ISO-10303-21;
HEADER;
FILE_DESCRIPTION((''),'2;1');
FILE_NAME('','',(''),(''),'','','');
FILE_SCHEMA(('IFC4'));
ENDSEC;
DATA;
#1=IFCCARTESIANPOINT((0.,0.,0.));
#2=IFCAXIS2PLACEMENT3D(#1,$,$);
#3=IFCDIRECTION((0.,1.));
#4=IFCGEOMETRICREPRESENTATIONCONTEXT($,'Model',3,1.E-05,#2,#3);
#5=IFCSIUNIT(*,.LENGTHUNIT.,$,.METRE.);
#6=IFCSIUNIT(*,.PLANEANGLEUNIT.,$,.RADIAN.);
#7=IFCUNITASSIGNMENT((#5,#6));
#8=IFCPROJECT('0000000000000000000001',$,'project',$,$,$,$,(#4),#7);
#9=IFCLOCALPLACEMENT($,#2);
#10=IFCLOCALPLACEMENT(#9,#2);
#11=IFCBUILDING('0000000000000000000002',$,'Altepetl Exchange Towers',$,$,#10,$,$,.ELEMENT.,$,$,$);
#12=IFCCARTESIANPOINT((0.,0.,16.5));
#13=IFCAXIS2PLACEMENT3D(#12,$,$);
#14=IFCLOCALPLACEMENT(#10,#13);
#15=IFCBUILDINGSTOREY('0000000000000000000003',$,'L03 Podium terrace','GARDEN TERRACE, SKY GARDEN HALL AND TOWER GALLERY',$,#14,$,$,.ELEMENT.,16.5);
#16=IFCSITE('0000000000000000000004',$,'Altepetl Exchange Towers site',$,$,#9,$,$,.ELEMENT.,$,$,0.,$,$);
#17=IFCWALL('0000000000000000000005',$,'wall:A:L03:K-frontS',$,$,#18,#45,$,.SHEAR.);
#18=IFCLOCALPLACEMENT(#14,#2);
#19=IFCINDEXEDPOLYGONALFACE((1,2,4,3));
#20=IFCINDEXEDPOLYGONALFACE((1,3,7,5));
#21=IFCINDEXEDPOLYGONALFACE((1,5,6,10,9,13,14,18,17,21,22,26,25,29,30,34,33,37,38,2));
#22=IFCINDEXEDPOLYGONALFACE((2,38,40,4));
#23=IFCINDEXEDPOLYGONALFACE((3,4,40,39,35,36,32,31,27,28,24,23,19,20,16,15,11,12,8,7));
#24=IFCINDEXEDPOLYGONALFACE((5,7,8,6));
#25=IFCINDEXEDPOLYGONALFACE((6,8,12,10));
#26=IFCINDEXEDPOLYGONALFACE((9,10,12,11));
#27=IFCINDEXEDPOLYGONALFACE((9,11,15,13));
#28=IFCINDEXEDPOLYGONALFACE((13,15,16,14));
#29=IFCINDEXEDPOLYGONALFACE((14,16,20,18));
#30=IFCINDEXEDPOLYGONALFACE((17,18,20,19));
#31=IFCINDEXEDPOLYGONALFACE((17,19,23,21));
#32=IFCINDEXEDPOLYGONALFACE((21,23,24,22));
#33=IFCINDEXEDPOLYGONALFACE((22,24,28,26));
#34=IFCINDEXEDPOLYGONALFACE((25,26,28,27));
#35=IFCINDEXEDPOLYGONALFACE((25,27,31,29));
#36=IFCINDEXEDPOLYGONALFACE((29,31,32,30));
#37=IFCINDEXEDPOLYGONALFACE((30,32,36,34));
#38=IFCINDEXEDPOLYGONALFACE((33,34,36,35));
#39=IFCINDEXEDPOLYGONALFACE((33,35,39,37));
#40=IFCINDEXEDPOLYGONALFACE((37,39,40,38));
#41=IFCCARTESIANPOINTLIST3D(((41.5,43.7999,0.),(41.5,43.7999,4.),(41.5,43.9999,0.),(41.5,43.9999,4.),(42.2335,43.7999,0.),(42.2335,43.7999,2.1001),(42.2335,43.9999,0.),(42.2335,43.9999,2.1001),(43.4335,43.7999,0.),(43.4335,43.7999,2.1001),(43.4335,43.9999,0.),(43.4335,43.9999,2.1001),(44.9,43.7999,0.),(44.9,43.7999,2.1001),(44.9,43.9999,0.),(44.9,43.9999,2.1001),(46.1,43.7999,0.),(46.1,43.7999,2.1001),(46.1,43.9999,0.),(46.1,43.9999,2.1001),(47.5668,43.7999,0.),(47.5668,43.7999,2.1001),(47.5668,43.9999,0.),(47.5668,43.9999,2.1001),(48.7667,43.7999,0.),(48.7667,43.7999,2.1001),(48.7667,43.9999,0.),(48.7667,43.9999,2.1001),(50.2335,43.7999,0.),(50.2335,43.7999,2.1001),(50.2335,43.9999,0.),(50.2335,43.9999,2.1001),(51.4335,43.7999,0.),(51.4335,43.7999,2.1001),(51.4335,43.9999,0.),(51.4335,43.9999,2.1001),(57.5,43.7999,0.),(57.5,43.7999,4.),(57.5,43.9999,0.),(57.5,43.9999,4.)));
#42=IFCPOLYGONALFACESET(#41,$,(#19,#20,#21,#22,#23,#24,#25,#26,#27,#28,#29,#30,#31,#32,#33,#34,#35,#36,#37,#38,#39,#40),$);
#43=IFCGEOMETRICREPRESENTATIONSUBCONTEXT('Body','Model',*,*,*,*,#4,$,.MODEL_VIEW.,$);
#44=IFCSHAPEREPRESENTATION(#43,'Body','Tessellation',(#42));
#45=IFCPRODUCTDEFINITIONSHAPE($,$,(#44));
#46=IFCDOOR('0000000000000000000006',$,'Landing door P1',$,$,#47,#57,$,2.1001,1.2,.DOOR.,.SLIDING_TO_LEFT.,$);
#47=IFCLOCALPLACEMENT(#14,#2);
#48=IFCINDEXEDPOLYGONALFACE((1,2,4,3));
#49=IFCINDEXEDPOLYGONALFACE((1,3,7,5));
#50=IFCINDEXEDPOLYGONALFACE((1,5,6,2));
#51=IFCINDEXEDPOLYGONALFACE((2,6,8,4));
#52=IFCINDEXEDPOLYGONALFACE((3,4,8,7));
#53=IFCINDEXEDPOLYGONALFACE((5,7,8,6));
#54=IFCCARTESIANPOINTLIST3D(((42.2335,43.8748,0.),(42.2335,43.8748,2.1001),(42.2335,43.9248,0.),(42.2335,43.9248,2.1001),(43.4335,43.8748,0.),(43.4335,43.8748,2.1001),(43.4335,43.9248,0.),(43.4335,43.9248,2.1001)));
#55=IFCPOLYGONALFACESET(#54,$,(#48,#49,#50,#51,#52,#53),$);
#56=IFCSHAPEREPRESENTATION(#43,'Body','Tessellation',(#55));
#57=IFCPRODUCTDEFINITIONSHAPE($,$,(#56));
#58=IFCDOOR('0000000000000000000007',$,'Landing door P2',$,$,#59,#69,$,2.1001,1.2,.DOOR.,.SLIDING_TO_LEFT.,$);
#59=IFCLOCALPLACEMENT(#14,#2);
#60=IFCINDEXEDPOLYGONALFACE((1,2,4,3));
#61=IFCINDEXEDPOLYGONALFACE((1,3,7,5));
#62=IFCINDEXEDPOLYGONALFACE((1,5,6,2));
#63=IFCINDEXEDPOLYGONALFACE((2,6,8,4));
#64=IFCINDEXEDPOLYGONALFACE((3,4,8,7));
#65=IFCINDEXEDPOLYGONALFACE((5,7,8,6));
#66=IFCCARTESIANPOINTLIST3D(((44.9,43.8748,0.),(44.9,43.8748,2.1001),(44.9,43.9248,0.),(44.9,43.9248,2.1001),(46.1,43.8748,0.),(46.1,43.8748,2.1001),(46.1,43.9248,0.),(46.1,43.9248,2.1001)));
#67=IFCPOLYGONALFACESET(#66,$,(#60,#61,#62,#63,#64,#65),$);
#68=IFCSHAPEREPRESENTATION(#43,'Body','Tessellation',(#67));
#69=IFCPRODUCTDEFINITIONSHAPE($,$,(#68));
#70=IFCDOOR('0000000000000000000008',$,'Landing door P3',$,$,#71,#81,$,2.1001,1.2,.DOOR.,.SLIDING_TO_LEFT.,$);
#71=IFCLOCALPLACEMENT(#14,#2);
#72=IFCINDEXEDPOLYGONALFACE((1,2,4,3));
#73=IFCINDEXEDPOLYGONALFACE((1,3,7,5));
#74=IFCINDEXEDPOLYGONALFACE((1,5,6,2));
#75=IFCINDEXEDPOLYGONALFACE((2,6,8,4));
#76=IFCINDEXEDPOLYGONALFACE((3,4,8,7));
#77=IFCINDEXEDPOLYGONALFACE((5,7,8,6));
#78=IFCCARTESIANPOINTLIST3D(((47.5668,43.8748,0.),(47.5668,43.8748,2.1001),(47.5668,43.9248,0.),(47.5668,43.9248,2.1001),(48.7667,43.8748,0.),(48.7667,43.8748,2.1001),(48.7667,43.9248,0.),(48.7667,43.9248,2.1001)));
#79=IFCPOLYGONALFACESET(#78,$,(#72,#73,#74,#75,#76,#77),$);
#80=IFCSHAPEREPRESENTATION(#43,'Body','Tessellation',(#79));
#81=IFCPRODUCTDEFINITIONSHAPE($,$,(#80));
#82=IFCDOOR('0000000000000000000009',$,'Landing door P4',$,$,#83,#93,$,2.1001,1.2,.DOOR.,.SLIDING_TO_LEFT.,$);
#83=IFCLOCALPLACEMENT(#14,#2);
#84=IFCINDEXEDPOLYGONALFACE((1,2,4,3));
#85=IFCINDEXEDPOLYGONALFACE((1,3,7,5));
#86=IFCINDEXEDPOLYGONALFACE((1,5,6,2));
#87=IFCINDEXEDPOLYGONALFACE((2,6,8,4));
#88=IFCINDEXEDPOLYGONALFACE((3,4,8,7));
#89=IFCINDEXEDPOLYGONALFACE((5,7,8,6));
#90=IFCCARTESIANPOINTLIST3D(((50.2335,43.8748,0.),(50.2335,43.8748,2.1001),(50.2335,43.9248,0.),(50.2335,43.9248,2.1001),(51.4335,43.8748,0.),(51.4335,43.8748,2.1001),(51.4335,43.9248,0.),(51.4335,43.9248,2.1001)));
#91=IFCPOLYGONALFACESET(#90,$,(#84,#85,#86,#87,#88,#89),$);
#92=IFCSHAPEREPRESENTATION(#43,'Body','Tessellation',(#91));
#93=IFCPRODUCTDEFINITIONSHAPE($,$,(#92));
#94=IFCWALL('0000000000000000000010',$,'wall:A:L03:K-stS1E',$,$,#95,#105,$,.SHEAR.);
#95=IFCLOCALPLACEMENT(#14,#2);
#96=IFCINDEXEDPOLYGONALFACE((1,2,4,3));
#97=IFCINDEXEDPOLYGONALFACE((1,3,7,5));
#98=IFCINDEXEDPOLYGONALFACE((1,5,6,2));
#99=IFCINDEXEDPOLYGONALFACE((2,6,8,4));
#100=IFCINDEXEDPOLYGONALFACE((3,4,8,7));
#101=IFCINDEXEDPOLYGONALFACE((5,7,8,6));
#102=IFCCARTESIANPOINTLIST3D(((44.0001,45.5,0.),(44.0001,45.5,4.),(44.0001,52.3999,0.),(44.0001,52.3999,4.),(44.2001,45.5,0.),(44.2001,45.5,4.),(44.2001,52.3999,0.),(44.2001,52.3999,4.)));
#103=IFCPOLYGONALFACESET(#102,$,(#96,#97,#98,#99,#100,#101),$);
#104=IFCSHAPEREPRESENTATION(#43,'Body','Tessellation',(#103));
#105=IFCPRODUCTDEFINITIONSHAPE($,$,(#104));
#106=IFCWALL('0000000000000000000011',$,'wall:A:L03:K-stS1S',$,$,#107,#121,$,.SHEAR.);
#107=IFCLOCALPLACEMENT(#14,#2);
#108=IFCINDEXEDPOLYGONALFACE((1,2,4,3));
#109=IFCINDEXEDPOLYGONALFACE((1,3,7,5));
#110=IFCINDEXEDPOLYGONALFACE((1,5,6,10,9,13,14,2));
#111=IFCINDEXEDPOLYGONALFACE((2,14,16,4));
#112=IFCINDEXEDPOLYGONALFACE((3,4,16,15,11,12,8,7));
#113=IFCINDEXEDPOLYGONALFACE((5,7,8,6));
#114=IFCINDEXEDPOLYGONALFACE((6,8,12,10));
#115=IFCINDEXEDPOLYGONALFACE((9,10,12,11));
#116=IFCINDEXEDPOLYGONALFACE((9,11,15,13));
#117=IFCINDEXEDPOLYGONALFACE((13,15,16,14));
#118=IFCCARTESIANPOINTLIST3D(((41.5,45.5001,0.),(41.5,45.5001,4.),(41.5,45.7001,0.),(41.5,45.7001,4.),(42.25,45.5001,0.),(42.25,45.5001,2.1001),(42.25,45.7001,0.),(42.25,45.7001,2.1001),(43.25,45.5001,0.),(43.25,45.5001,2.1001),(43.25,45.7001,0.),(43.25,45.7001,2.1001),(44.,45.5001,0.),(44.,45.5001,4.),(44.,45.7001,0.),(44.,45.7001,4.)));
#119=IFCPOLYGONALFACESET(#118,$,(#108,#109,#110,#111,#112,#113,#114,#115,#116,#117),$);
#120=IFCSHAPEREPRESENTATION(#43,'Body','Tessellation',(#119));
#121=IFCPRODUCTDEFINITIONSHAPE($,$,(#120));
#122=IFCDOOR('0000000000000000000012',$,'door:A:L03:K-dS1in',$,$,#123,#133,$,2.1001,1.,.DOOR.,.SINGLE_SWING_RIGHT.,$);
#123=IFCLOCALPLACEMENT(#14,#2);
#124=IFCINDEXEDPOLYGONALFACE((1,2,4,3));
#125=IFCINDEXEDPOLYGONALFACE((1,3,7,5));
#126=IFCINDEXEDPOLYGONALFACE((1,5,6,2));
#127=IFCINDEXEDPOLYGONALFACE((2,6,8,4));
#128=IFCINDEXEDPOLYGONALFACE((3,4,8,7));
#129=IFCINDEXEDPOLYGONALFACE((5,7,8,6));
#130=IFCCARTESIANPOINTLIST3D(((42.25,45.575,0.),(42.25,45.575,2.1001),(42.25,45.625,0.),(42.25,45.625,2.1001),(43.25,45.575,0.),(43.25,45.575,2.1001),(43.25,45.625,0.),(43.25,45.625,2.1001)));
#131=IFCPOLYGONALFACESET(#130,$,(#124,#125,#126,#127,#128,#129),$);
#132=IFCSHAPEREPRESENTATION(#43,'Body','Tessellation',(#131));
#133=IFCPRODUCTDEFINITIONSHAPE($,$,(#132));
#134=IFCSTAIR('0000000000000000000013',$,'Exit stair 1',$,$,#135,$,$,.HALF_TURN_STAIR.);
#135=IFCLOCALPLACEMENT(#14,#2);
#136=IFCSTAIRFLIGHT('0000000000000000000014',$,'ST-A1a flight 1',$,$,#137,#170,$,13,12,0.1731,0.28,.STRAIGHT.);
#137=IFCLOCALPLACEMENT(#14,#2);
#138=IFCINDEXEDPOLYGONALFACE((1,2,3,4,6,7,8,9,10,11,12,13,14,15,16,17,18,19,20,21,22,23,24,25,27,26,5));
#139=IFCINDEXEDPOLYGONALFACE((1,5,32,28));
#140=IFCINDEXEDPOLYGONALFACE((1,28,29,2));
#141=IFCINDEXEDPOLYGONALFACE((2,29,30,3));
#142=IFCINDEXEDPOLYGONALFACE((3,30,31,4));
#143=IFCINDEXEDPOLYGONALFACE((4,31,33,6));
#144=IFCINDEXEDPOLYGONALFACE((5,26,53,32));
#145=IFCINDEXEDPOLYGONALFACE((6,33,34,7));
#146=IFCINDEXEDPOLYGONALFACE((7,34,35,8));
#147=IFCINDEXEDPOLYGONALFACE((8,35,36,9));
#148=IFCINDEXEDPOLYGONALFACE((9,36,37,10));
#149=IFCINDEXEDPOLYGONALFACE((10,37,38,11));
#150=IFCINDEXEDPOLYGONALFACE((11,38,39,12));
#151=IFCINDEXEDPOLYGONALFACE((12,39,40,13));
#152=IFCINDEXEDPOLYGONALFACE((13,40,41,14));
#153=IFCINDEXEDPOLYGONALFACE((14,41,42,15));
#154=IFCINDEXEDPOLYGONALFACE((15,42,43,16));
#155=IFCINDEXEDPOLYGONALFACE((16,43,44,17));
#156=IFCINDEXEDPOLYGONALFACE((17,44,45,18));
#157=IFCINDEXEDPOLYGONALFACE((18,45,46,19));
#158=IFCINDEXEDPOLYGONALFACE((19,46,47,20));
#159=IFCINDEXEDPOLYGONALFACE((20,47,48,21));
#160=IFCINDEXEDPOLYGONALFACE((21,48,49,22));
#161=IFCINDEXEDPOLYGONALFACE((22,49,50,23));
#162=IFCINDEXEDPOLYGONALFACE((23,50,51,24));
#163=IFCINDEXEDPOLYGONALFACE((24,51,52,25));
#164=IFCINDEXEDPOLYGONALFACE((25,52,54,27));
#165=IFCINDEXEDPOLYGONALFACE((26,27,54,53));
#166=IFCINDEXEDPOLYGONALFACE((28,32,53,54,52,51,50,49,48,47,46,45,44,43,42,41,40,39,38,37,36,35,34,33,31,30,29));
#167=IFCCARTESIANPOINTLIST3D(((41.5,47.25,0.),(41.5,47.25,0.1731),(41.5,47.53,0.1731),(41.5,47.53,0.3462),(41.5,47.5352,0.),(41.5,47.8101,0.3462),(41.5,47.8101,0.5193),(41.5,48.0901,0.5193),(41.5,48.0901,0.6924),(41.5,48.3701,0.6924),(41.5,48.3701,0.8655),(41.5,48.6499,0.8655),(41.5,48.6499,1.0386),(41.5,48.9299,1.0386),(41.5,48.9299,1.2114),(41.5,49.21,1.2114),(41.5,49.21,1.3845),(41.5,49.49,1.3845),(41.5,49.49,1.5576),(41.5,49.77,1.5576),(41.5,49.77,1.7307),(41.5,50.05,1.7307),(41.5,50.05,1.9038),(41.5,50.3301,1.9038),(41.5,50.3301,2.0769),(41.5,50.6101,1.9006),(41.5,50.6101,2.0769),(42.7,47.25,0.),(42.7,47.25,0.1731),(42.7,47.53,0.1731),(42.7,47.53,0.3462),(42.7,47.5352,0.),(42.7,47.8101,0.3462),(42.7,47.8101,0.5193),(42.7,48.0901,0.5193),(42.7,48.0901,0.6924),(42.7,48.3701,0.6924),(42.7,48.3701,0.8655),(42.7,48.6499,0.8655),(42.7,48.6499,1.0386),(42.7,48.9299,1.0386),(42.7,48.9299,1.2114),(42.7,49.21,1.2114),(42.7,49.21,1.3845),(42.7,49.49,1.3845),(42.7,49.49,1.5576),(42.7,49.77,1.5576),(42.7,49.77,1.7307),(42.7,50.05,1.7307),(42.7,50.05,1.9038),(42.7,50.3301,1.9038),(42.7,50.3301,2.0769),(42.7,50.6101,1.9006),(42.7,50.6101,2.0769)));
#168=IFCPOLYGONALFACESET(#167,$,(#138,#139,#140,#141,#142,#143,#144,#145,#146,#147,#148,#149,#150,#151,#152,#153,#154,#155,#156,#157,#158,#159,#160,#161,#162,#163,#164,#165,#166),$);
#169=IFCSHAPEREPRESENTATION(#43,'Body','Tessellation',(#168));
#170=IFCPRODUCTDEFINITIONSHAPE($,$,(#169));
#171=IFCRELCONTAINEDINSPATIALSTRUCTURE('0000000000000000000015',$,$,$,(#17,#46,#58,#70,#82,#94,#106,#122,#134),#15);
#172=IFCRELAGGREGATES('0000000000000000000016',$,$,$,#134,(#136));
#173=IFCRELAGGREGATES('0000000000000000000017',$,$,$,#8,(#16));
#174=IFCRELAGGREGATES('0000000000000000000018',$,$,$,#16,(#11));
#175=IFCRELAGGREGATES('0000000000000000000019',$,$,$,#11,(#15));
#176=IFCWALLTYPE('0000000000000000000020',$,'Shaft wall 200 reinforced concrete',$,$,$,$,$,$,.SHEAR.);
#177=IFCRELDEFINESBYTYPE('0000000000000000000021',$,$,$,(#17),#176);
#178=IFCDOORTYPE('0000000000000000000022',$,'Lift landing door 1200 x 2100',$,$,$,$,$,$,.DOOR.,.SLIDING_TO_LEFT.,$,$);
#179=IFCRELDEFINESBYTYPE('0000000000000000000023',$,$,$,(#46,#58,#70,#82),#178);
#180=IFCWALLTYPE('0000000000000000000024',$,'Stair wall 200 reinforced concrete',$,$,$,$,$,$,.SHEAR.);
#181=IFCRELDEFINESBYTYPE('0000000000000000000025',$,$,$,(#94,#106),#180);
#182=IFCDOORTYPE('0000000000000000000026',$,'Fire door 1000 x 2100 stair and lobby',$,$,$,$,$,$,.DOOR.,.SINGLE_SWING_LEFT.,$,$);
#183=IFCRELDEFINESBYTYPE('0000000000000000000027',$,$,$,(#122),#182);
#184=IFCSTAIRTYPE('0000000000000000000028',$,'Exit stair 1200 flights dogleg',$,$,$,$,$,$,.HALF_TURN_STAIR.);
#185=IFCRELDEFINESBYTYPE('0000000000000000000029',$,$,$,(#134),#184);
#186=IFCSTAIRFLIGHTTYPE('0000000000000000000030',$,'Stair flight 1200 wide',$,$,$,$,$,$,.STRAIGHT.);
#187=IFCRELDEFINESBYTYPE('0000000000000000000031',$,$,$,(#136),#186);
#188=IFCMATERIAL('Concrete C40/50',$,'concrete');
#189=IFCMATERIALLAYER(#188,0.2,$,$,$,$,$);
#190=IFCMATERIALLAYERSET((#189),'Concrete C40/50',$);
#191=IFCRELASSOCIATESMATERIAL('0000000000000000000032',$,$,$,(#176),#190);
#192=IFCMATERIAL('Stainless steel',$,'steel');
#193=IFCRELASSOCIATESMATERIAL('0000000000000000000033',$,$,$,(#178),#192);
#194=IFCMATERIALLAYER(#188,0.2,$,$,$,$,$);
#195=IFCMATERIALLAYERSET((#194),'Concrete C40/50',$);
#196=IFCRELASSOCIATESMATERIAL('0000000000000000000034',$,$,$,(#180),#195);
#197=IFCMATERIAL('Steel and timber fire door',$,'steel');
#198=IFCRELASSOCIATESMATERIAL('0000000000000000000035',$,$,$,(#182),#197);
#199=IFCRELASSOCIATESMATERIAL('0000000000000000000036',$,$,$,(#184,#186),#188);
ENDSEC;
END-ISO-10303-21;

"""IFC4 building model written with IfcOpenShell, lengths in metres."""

from ifc_helpers import new_model, si_unit, direction, frame, frame_2d, origin, place, context, subcontext, project, spatial, polyline, rectangle, outline, extrude, material, layer, layer_set, type_object, element, fill, aggregate, save


model = new_model("IFC4")

# Units and contexts
model_context = context("Model", 3, precision=1e-05, world=origin(), true_north=direction((0.0, 1.0)))
body_context = subcontext(model_context, "Body", "Model", "MODEL_VIEW")
ifc_project = project(units=[si_unit("LENGTHUNIT", "METRE"), si_unit("PLANEANGLEUNIT", "RADIAN")], contexts=[model_context])

# Site, building, storey
site_placement = place(None, origin())
site = spatial("IfcSite", under=ifc_project, at=site_placement, Name="Altepetl Exchange Towers site", CompositionType="ELEMENT", RefElevation=0.0)
building_placement = place(site_placement, origin())
building = spatial("IfcBuilding", under=site, at=building_placement, Name="Altepetl Exchange Towers", CompositionType="ELEMENT")
storey_placement = place(building_placement, frame((0.0, 0.0, 16.5)))
storey = spatial("IfcBuildingStorey", under=building, at=storey_placement, Name="L03 Podium terrace", Description="GARDEN TERRACE, SKY GARDEN HALL AND TOWER GALLERY", CompositionType="ELEMENT", Elevation=16.5)

# Shared definitions
ifc_material_1 = material(Name="Steel and timber fire door", Category="steel")

# Shared definitions
ifc_material_2 = material(Name="Concrete C40/50", Category="concrete")
ifc_layer_1 = layer(ifc_material_2, 0.2)
ifc_layer_set_1 = layer_set([ifc_layer_1], Name="Concrete C40/50")
wall_type_1 = type_object("IfcWallType", Name="Shaft wall 200 reinforced concrete", PredefinedType="SHEAR", material=ifc_layer_set_1)

# Wall, openings, doors
wall_1_placement = place(storey_placement, frame((41.5, 43.8999, 0.0)))
wall_1 = element("IfcWall", 1, at=wall_1_placement, inside=storey, type_object=wall_type_1, Name="wall:A:L03:K-frontS", PredefinedType="SHEAR", context=body_context, shape_type="SweptSolid", body=[
    extrude(rectangle(XDim=16.0, YDim=0.2, at=frame_2d((8.0, 0.0))), origin(), (0.0, 0.0, 1.0), 4.0),
])
opening_1_placement = place(wall_1_placement, frame((0.7334, 0.0, 0.0)))
opening_1 = element("IfcOpeningElement", 2, at=opening_1_placement, cuts=wall_1, PredefinedType="OPENING", context=body_context, shape_type="SweptSolid", body=[
    extrude(rectangle(XDim=1.2, YDim=2.1001, at=frame_2d((0.6001, 1.05))), frame((0.0, 0.1099, 0.0), z_axis=(0.0, -1.0, 0.0), x_axis=(1.0, 0.0, 0.0)), (0.0, 0.0, 1.0), 0.22),
])
opening_2_placement = place(wall_1_placement, frame((3.3999, 0.0, 0.0)))
opening_2 = element("IfcOpeningElement", 3, at=opening_2_placement, cuts=wall_1, PredefinedType="OPENING", context=body_context, shape_type="SweptSolid", body=[
    extrude(rectangle(XDim=1.2, YDim=2.1001, at=frame_2d((0.6001, 1.05))), frame((0.0, 0.1099, 0.0), z_axis=(0.0, -1.0, 0.0), x_axis=(1.0, 0.0, 0.0)), (0.0, 0.0, 1.0), 0.22),
])
opening_3_placement = place(wall_1_placement, frame((6.0667, 0.0, 0.0)))
opening_3 = element("IfcOpeningElement", 4, at=opening_3_placement, cuts=wall_1, PredefinedType="OPENING", context=body_context, shape_type="SweptSolid", body=[
    extrude(rectangle(XDim=1.2, YDim=2.1001, at=frame_2d((0.6001, 1.05))), frame((0.0, 0.1099, 0.0), z_axis=(0.0, -1.0, 0.0), x_axis=(1.0, 0.0, 0.0)), (0.0, 0.0, 1.0), 0.22),
])
opening_4_placement = place(wall_1_placement, frame((8.7334, 0.0, 0.0)))
opening_4 = element("IfcOpeningElement", 5, at=opening_4_placement, cuts=wall_1, PredefinedType="OPENING", context=body_context, shape_type="SweptSolid", body=[
    extrude(rectangle(XDim=1.2, YDim=2.1001, at=frame_2d((0.6001, 1.05))), frame((0.0, 0.1099, 0.0), z_axis=(0.0, -1.0, 0.0), x_axis=(1.0, 0.0, 0.0)), (0.0, 0.0, 1.0), 0.22),
])
ifc_material_3 = material(Name="Stainless steel", Category="steel")
door_type_1 = type_object("IfcDoorType", Name="Lift landing door 1200 x 2100", OperationType="SLIDING_TO_LEFT", PredefinedType="DOOR", material=ifc_material_3)
door_1_placement = place(opening_1_placement, origin())
door_1 = element("IfcDoor", 6, at=door_1_placement, inside=storey, type_object=door_type_1, Name="Landing door P1", OperationType="SLIDING_TO_LEFT", OverallHeight=2.1001, OverallWidth=1.2, PredefinedType="DOOR", context=body_context, shape_type="SweptSolid", body=[
    extrude(rectangle(XDim=1.2, YDim=2.1001, at=frame_2d((0.6001, 1.05))), frame((0.0, 0.0249, 0.0), z_axis=(0.0, -1.0, 0.0), x_axis=(1.0, 0.0, 0.0)), (0.0, 0.0, 1.0), 0.05),
])
fill(opening_1, door_1)
door_2_placement = place(opening_2_placement, origin())
door_2 = element("IfcDoor", 7, at=door_2_placement, inside=storey, type_object=door_type_1, Name="Landing door P2", OperationType="SLIDING_TO_LEFT", OverallHeight=2.1001, OverallWidth=1.2, PredefinedType="DOOR", context=body_context, shape_type="SweptSolid", body=[
    extrude(rectangle(XDim=1.2, YDim=2.1001, at=frame_2d((0.6001, 1.05))), frame((0.0, 0.0249, 0.0), z_axis=(0.0, -1.0, 0.0), x_axis=(1.0, 0.0, 0.0)), (0.0, 0.0, 1.0), 0.05),
])
fill(opening_2, door_2)
door_3_placement = place(opening_3_placement, origin())
door_3 = element("IfcDoor", 8, at=door_3_placement, inside=storey, type_object=door_type_1, Name="Landing door P3", OperationType="SLIDING_TO_LEFT", OverallHeight=2.1001, OverallWidth=1.2, PredefinedType="DOOR", context=body_context, shape_type="SweptSolid", body=[
    extrude(rectangle(XDim=1.2, YDim=2.1001, at=frame_2d((0.6001, 1.05))), frame((0.0, 0.0249, 0.0), z_axis=(0.0, -1.0, 0.0), x_axis=(1.0, 0.0, 0.0)), (0.0, 0.0, 1.0), 0.05),
])
fill(opening_3, door_3)
door_4_placement = place(opening_4_placement, origin())
door_4 = element("IfcDoor", 9, at=door_4_placement, inside=storey, type_object=door_type_1, Name="Landing door P4", OperationType="SLIDING_TO_LEFT", OverallHeight=2.1001, OverallWidth=1.2, PredefinedType="DOOR", context=body_context, shape_type="SweptSolid", body=[
    extrude(rectangle(XDim=1.2, YDim=2.1001, at=frame_2d((0.6001, 1.05))), frame((0.0, 0.0249, 0.0), z_axis=(0.0, -1.0, 0.0), x_axis=(1.0, 0.0, 0.0)), (0.0, 0.0, 1.0), 0.05),
])
fill(opening_4, door_4)

# Wall
ifc_layer_2 = layer(ifc_material_2, 0.2)
ifc_layer_set_2 = layer_set([ifc_layer_2], Name="Concrete C40/50")
wall_type_2 = type_object("IfcWallType", Name="Stair wall 200 reinforced concrete", PredefinedType="SHEAR", material=ifc_layer_set_2)
wall_2_placement = place(storey_placement, frame((44.1001, 45.5, 0.0), z_axis=(0.0, 0.0, 1.0), x_axis=(0.0, 1.0, 0.0)))
element("IfcWall", 10, at=wall_2_placement, inside=storey, type_object=wall_type_2, Name="wall:A:L03:K-stS1E", PredefinedType="SHEAR", context=body_context, shape_type="SweptSolid", body=[
    extrude(rectangle(XDim=6.8999, YDim=0.2, at=frame_2d((3.45, 0.0))), origin(), (0.0, 0.0, 1.0), 4.0),
])

# Wall, opening, door
wall_3_placement = place(storey_placement, frame((41.5, 45.6001, 0.0)))
wall_3 = element("IfcWall", 11, at=wall_3_placement, inside=storey, type_object=wall_type_2, Name="wall:A:L03:K-stS1S", PredefinedType="SHEAR", context=body_context, shape_type="SweptSolid", body=[
    extrude(rectangle(XDim=2.5, YDim=0.2, at=frame_2d((1.25, 0.0))), origin(), (0.0, 0.0, 1.0), 4.0),
])
opening_5_placement = place(wall_3_placement, frame((0.75, 0.0, 0.0)))
opening_5 = element("IfcOpeningElement", 12, at=opening_5_placement, cuts=wall_3, PredefinedType="OPENING", context=body_context, shape_type="SweptSolid", body=[
    extrude(rectangle(XDim=1.0, YDim=2.1001, at=frame_2d((0.5, 1.05))), frame((0.0, 0.1099, 0.0), z_axis=(0.0, -1.0, 0.0), x_axis=(1.0, 0.0, 0.0)), (0.0, 0.0, 1.0), 0.22),
])
door_type_2 = type_object("IfcDoorType", Name="Fire door 1000 x 2100 stair and lobby", OperationType="SINGLE_SWING_LEFT", PredefinedType="DOOR", material=ifc_material_1)
door_5_placement = place(opening_5_placement, origin())
door_5 = element("IfcDoor", 13, at=door_5_placement, inside=storey, type_object=door_type_2, Name="door:A:L03:K-dS1in", OperationType="SINGLE_SWING_RIGHT", OverallHeight=2.1001, OverallWidth=1.0, PredefinedType="DOOR", context=body_context, shape_type="SweptSolid", body=[
    extrude(rectangle(XDim=1.0, YDim=2.1001, at=frame_2d((0.5, 1.05))), frame((0.0, 0.0249, 0.0), z_axis=(0.0, -1.0, 0.0), x_axis=(1.0, 0.0, 0.0)), (0.0, 0.0, 1.0), 0.05),
])
fill(opening_5, door_5)

# Stair, stair flight
stair_type = type_object("IfcStairType", Name="Exit stair 1200 flights dogleg", PredefinedType="HALF_TURN_STAIR", material=ifc_material_2)
stair_placement = place(storey_placement, origin())
stair = element("IfcStair", 14, at=stair_placement, inside=storey, type_object=stair_type, Name="Exit stair 1", PredefinedType="HALF_TURN_STAIR")
stair_flight_type = type_object("IfcStairFlightType", Name="Stair flight 1200 wide", PredefinedType="STRAIGHT", material=ifc_material_2)
stair_flight_placement = place(storey_placement, frame((42.1001, 47.25, 0.0), z_axis=(0.0, 0.0, 1.0), x_axis=(0.0, 1.0, 0.0)))
stair_flight = element("IfcStairFlight", 15, at=stair_flight_placement, type_object=stair_flight_type, Name="ST-A1a flight 1", NumberOfRisers=13, NumberOfTreads=12, PredefinedType="STRAIGHT", RiserHeight=0.1731, TreadLength=0.28, context=body_context, shape_type="SweptSolid", body=[
    extrude(outline(polyline([(0.0, 0.0), (0.0, 0.1731), (0.28, 0.1731), (0.28, 0.3462), (0.5601, 0.3462), (0.5601, 0.5193), (0.8401, 0.5193), (0.8401, 0.6924), (1.1201, 0.6924), (1.1201, 0.8655), (1.3999, 0.8655), (1.3999, 1.0386), (1.6799, 1.0386), (1.6799, 1.2114), (1.96, 1.2114), (1.96, 1.3845), (2.24, 1.3845), (2.24, 1.5576), (2.52, 1.5576), (2.52, 1.7307), (2.8, 1.7307), (2.8, 1.9038), (3.0801, 1.9038), (3.0801, 2.0769), (3.3601, 2.0769), (3.3601, 2.25), (3.3601, 1.9006), (0.2852, 0.0), (0.0, 0.0)])), frame((0.0, 0.6001, 0.0), z_axis=(0.0, -1.0, 0.0), x_axis=(1.0, 0.0, 0.0)), (0.0, 0.0, 1.0), 1.2),
])
aggregate(stair, [stair_flight])

save(model, "model.ifc")
